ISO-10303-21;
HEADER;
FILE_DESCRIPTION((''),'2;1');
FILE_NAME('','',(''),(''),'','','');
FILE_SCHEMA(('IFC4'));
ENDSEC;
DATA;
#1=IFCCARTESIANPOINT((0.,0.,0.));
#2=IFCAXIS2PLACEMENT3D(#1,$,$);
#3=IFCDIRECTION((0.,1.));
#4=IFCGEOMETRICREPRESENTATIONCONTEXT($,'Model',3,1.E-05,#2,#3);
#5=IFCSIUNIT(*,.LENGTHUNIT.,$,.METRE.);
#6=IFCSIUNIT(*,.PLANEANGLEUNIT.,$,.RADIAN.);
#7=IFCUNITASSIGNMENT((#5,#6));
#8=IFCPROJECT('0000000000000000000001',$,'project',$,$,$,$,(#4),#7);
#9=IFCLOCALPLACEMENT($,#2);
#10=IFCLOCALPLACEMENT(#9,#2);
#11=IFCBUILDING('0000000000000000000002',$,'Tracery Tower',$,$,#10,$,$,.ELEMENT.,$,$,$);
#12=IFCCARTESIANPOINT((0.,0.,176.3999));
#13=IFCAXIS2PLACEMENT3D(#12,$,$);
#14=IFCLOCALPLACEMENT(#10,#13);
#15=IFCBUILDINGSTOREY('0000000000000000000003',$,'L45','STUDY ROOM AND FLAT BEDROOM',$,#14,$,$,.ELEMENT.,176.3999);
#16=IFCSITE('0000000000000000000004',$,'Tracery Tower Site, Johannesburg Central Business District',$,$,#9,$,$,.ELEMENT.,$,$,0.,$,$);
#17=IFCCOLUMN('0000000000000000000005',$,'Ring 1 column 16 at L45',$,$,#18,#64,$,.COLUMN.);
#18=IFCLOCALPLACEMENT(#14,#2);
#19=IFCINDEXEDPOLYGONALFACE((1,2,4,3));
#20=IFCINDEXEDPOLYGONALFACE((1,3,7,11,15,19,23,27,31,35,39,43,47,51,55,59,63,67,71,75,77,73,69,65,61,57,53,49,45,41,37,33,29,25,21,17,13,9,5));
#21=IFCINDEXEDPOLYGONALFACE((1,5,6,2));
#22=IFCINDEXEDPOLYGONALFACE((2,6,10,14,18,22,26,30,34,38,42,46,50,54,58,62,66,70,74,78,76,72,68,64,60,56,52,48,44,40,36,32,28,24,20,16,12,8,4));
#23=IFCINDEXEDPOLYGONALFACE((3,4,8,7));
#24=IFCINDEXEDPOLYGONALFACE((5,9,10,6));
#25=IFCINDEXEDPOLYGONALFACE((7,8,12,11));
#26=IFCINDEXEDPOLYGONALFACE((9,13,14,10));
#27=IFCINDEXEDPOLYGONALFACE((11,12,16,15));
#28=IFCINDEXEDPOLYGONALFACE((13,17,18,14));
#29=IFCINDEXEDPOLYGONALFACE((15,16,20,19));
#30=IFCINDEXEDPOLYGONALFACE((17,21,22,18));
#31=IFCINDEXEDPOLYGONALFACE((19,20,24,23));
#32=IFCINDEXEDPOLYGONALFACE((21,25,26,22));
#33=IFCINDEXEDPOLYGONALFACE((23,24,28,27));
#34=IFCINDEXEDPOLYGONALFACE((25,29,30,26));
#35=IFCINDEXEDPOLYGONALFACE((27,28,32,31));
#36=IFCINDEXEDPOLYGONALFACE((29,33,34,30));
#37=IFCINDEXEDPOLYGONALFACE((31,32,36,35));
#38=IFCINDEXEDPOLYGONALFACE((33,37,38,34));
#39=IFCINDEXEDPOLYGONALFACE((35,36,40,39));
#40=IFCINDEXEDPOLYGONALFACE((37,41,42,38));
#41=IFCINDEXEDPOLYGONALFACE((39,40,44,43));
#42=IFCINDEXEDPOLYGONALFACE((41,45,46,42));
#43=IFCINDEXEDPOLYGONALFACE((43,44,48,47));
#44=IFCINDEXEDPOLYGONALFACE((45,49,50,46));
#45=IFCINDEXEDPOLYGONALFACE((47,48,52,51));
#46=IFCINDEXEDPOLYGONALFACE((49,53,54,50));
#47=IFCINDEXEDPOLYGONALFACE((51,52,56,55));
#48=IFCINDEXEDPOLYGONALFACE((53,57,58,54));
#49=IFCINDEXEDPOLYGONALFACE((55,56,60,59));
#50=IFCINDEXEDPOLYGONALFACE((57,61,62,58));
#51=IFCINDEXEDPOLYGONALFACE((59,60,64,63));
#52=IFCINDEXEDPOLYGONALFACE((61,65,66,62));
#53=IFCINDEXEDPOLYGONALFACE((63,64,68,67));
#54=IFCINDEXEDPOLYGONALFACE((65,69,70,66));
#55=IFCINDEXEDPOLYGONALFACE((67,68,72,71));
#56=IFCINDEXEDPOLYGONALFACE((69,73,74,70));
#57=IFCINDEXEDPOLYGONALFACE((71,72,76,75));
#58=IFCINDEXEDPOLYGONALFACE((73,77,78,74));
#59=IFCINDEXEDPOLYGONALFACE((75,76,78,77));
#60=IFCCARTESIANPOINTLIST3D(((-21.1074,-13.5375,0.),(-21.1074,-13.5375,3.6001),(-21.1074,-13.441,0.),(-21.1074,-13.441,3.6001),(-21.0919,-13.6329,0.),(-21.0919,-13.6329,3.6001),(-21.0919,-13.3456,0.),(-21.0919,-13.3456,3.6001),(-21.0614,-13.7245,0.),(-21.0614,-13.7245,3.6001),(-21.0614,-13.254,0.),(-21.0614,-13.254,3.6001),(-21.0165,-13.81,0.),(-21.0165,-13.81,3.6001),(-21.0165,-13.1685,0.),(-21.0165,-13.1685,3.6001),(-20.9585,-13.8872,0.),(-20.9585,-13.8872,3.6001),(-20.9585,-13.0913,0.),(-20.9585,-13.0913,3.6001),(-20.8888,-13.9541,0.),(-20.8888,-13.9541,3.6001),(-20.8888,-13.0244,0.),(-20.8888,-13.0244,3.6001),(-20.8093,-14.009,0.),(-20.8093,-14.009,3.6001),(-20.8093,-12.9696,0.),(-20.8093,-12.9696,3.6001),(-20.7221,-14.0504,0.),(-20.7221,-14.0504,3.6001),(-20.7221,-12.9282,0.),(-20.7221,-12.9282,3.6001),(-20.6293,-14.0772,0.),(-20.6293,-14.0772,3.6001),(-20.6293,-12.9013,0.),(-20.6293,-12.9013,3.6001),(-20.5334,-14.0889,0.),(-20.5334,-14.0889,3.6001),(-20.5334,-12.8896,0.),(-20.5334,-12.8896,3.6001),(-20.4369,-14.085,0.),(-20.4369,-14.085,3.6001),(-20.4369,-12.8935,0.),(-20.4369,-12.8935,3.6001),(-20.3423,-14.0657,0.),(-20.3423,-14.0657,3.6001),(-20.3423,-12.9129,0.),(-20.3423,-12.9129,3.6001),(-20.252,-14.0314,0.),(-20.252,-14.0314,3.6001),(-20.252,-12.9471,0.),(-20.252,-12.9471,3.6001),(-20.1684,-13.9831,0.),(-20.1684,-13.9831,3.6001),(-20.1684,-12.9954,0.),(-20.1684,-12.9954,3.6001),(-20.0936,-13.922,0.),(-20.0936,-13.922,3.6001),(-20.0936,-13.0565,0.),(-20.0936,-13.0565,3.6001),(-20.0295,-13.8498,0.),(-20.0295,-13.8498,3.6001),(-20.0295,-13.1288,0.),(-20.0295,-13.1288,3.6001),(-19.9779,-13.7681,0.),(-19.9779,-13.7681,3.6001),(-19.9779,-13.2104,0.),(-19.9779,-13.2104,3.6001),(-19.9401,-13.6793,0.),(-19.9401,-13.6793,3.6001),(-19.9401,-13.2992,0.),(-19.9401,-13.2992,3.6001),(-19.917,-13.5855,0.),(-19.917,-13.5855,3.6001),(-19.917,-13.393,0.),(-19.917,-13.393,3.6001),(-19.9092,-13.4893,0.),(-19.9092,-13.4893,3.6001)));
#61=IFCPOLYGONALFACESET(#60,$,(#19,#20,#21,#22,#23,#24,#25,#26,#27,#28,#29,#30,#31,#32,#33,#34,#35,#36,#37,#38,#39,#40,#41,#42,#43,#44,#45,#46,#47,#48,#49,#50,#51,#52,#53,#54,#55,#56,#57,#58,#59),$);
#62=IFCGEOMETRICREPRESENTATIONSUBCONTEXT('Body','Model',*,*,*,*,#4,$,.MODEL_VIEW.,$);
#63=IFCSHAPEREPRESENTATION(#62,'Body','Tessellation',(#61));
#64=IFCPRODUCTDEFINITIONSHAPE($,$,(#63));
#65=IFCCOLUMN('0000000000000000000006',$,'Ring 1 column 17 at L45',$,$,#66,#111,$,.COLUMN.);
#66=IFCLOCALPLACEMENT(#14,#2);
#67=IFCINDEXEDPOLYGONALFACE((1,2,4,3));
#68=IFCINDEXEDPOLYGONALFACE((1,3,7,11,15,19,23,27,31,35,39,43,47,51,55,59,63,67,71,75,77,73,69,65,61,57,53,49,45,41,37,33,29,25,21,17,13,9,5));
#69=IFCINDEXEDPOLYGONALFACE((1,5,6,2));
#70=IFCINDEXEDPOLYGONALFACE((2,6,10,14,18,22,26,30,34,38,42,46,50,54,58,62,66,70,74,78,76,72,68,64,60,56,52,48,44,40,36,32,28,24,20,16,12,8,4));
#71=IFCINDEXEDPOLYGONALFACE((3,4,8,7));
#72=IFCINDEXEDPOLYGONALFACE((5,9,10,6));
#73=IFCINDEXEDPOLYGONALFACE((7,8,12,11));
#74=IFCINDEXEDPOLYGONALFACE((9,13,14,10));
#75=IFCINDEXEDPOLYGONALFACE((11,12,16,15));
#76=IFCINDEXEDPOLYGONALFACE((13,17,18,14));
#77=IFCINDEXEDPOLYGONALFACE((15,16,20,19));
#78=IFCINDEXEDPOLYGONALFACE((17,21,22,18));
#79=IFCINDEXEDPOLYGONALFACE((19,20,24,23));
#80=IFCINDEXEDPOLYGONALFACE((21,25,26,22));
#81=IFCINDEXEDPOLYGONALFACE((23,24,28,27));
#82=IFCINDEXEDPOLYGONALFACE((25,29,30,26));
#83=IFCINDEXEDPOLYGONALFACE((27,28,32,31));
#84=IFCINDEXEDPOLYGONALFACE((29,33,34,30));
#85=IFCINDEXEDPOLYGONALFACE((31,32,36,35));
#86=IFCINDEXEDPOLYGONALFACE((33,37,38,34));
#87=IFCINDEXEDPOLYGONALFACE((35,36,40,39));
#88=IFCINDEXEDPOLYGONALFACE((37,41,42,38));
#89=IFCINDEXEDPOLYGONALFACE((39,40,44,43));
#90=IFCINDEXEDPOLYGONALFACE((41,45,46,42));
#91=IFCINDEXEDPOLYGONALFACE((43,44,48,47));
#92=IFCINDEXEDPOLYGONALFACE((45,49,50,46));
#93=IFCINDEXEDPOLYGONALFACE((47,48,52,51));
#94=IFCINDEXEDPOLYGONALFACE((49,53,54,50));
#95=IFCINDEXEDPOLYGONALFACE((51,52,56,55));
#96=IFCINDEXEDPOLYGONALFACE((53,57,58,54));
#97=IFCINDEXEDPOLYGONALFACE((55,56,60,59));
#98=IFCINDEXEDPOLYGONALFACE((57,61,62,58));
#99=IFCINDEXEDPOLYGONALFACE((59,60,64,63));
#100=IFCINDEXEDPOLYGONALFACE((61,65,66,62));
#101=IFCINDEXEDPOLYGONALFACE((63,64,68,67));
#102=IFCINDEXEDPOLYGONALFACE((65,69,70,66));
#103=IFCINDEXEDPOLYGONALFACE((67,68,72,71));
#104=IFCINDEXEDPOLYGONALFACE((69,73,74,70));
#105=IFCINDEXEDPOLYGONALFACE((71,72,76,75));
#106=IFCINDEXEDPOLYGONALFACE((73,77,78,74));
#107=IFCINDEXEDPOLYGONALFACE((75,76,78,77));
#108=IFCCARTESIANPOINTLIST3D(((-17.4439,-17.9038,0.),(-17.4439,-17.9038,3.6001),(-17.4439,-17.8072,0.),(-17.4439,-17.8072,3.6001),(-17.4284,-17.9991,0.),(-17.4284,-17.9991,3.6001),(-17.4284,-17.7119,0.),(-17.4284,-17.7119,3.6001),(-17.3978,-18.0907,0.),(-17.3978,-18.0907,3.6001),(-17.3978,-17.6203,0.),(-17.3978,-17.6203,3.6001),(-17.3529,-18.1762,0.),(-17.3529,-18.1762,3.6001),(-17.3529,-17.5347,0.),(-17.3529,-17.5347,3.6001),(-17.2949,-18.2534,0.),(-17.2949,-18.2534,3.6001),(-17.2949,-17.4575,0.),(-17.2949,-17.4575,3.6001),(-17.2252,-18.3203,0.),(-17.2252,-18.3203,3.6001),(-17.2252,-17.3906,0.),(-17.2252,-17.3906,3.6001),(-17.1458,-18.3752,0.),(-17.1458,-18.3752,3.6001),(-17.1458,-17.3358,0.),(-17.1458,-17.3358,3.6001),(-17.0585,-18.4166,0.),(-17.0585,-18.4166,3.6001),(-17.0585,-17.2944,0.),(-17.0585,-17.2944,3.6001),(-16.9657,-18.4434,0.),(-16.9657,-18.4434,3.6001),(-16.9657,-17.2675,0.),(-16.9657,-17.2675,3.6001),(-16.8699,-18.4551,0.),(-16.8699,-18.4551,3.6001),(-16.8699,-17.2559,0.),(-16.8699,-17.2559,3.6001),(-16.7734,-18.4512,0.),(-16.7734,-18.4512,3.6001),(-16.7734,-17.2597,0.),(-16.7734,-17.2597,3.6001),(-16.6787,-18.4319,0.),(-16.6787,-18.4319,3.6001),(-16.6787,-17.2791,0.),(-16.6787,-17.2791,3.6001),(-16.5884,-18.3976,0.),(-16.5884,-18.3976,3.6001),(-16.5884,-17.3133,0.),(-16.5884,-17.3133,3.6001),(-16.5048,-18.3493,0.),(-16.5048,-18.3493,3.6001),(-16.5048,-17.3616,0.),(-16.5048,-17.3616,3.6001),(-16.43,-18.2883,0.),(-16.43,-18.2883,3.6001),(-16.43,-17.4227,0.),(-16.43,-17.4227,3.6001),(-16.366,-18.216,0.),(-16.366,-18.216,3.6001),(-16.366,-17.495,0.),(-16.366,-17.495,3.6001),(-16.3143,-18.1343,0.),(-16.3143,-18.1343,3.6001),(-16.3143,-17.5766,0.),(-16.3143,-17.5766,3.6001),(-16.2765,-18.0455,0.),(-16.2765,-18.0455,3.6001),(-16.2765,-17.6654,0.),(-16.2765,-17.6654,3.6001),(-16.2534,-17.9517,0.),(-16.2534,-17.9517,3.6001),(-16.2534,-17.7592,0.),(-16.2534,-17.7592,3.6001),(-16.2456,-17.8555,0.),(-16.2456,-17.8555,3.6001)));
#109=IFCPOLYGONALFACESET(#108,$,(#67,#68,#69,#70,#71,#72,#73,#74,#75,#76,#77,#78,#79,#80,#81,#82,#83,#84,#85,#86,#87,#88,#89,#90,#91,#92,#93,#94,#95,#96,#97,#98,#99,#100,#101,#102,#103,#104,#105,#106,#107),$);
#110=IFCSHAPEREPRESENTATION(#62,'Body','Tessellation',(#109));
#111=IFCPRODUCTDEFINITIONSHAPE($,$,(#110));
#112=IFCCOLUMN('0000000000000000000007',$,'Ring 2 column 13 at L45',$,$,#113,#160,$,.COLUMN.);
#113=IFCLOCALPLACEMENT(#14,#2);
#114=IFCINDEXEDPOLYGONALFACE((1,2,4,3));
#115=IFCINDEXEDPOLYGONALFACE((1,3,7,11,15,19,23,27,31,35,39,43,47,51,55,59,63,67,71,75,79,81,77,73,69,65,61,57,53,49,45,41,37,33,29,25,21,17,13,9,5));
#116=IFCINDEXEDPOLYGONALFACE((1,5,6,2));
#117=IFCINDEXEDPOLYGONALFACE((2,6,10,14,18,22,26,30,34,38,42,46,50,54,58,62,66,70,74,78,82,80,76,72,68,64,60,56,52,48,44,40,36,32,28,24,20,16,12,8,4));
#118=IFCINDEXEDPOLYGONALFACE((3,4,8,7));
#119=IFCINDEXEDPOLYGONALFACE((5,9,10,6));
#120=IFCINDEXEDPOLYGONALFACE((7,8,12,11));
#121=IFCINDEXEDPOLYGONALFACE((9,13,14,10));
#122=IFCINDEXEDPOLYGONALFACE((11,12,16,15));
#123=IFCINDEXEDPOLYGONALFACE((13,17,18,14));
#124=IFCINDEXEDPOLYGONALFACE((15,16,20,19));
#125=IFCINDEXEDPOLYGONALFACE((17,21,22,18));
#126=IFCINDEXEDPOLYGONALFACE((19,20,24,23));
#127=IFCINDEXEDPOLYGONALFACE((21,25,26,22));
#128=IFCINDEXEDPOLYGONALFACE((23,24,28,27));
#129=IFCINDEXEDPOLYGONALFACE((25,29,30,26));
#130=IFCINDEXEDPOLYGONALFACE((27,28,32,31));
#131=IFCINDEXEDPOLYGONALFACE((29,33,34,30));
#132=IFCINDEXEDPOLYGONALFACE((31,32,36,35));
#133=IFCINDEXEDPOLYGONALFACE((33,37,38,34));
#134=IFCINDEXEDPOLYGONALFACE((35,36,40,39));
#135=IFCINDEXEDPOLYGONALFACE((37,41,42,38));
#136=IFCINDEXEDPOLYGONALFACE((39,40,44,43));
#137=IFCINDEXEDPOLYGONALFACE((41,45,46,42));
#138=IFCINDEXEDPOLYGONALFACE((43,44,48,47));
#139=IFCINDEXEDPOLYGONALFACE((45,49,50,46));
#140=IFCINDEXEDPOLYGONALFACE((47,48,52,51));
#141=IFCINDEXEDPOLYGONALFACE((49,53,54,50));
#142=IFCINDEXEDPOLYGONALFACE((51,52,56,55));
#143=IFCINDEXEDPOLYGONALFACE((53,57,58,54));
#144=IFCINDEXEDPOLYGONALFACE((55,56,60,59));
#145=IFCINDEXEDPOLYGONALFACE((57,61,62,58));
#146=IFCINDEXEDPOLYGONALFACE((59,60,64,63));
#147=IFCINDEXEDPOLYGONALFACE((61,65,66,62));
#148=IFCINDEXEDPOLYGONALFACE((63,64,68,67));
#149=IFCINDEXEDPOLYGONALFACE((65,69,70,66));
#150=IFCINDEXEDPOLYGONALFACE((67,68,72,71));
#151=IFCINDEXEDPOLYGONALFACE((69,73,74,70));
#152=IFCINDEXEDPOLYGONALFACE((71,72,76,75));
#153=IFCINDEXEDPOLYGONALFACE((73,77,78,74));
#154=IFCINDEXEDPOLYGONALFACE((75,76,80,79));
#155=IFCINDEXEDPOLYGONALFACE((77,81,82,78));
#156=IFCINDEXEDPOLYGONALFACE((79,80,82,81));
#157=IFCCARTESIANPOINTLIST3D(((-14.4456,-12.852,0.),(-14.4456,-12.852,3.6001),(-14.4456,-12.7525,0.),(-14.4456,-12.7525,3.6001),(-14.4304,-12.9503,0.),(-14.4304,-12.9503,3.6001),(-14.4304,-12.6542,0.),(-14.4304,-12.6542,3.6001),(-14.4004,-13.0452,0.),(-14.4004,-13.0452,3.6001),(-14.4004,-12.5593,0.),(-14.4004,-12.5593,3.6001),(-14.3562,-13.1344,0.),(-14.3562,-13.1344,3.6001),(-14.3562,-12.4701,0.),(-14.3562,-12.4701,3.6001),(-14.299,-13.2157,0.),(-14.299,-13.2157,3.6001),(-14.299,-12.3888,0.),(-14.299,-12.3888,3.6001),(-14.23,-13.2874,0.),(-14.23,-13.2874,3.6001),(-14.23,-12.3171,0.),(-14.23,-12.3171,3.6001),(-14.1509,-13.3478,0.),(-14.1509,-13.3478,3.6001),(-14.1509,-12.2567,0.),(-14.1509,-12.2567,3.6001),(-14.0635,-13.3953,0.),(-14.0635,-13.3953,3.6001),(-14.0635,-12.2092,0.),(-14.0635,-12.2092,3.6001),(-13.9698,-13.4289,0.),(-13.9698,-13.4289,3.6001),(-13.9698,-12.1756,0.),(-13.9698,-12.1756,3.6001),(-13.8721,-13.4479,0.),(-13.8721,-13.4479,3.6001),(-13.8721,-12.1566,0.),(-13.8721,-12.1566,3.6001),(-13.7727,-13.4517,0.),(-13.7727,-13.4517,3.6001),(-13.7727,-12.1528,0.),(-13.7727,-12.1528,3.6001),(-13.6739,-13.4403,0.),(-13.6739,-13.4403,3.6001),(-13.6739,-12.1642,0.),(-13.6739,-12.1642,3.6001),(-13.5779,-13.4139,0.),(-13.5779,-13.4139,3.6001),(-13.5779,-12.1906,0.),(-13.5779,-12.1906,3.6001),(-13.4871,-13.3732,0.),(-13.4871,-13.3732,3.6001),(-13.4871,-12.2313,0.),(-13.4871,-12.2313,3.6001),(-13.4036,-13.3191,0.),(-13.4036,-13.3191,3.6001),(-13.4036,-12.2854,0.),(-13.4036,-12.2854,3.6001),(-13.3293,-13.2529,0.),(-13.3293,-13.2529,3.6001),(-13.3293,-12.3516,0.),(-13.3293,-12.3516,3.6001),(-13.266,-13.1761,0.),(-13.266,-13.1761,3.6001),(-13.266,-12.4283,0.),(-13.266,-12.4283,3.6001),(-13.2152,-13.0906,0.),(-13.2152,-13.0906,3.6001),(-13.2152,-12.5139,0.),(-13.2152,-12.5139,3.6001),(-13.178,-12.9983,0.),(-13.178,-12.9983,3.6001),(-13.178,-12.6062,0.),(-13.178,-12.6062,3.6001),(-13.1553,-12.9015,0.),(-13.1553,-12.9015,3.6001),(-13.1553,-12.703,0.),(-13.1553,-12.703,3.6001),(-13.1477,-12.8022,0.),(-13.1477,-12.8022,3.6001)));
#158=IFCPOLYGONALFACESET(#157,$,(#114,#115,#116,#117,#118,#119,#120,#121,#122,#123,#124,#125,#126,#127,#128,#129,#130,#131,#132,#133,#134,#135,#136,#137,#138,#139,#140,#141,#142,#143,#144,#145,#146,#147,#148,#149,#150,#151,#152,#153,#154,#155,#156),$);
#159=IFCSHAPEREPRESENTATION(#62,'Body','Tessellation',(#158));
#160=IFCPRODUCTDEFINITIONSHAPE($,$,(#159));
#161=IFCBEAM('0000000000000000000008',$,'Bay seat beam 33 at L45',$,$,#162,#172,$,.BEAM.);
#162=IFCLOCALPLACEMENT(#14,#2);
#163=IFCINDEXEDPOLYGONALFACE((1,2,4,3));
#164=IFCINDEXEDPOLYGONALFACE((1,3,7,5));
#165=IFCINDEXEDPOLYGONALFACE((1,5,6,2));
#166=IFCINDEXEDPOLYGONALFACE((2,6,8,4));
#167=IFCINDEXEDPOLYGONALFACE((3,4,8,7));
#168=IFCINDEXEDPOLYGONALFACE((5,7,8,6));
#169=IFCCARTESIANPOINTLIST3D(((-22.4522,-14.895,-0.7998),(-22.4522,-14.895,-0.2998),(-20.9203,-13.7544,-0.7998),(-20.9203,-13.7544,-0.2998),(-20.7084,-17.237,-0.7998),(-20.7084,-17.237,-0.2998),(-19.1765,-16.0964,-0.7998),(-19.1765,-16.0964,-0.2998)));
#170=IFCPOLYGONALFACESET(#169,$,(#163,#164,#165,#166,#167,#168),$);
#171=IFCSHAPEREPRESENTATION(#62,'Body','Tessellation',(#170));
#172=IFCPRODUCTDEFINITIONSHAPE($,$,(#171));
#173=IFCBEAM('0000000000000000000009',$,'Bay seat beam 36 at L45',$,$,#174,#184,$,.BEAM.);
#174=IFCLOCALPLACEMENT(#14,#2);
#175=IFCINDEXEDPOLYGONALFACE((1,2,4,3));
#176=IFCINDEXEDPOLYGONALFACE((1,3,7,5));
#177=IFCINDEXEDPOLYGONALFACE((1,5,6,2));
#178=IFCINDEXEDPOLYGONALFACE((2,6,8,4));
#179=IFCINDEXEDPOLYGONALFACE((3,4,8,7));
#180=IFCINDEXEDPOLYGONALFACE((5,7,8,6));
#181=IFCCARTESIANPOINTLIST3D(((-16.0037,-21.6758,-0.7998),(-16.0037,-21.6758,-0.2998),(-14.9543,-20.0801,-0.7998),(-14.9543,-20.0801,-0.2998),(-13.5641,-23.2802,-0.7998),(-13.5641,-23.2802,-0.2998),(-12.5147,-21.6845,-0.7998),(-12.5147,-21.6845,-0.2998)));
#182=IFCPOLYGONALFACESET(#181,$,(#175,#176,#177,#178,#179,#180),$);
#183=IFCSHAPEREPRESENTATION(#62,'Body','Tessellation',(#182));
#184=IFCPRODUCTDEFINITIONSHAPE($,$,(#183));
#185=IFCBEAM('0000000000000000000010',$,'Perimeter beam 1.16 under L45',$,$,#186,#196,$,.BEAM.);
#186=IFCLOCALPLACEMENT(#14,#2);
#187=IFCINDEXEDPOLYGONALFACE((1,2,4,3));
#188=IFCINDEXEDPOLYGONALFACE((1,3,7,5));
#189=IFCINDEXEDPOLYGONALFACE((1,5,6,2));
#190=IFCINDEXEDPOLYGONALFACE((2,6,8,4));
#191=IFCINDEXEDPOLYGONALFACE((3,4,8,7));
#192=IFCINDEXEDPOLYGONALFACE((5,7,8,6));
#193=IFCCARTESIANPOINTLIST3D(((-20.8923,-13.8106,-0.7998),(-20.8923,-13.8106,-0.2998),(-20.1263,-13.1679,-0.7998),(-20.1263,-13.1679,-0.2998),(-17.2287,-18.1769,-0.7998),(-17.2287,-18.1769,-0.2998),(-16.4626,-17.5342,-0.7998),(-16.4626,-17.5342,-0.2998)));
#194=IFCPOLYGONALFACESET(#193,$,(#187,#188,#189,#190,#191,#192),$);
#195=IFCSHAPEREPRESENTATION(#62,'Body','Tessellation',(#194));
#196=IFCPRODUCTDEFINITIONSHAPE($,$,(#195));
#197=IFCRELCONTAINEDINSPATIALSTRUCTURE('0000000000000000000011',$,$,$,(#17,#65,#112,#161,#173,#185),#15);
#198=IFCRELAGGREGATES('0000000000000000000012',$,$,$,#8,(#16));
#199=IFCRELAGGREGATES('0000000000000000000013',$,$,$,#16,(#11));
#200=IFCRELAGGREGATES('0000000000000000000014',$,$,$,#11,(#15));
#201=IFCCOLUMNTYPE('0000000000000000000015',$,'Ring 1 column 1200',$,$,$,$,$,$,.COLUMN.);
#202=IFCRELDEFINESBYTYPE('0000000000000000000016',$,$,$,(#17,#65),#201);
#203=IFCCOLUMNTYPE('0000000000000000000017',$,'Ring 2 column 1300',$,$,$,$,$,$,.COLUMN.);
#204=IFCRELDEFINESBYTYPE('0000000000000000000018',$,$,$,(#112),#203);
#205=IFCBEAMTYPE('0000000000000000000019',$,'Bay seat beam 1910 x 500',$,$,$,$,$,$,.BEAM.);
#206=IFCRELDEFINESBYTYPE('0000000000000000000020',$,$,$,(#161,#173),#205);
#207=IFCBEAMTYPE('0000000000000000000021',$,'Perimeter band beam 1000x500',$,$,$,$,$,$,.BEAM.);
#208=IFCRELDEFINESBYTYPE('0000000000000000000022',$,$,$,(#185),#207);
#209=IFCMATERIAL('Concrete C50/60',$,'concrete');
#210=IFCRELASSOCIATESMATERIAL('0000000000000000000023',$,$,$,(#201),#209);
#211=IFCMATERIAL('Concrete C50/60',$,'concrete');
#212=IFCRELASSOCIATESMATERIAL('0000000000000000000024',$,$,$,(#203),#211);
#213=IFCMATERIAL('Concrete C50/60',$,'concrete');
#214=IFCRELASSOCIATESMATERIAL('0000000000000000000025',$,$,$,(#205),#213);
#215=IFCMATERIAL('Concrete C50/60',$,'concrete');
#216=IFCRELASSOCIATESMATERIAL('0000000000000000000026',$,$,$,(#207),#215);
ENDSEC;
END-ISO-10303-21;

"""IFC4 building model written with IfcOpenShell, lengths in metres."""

from ifc_helpers import new_model, si_unit, direction, frame, origin, origin_2d, place, context, subcontext, project, spatial, rectangle, circle, extrude, material, material_profile, profile_set, type_object, element, save


model = new_model("IFC4")

# Units and contexts
model_context = context("Model", 3, precision=1e-05, world=origin(), true_north=direction((0.0, 1.0)))
body_context = subcontext(model_context, "Body", "Model", "MODEL_VIEW")
ifc_project = project(units=[si_unit("LENGTHUNIT", "METRE"), si_unit("PLANEANGLEUNIT", "RADIAN")], contexts=[model_context])

# Site, building, storey
site_placement = place(None, origin())
site = spatial("IfcSite", under=ifc_project, at=site_placement, Name="Tracery Tower Site, Johannesburg Central Business District", CompositionType="ELEMENT", RefElevation=0.0)
building_placement = place(site_placement, origin())
building = spatial("IfcBuilding", under=site, at=building_placement, Name="Tracery Tower", CompositionType="ELEMENT")
storey_placement = place(building_placement, frame((0.0, 0.0, 176.3999)))
storey = spatial("IfcBuildingStorey", under=building, at=storey_placement, Name="L45", Description="STUDY ROOM AND FLAT BEDROOM", CompositionType="ELEMENT", Elevation=176.3999)

# Columns
ifc_material_1 = material(Name="Concrete C50/60", Category="concrete")
ifc_material_profile_1 = material_profile(ifc_material_1, circle(Radius=0.6001, at=origin_2d()), Name="RC D1200")
ifc_profile_set_1 = profile_set([ifc_material_profile_1], Name="Concrete C50/60")
column_type_1 = type_object("IfcColumnType", Name="Ring 1 column 1200", PredefinedType="COLUMN", material=ifc_profile_set_1)
for number, where, z_axis, x_axis, name in (
    (1, (-20.5093, -13.4893, 0.0), (0.0, 0.0, 1.0), (1.0, 0.0, 0.0), "Ring 1 column 16 at L45"),
    (2, (-16.8457, -17.8555, 0.0), (0.0, 0.0, 1.0), (1.0, 0.0, 0.0), "Ring 1 column 17 at L45"),
):
    element("IfcColumn", number, at=place(storey_placement, frame(where, z_axis=z_axis, x_axis=x_axis)), inside=storey, type_object=column_type_1, Name=name, PredefinedType="COLUMN", context=body_context, shape_type="SweptSolid", body=[
        extrude(circle(Radius=0.6001, at=origin_2d()), origin(), (0.0, 0.0, 1.0), 3.6001),
    ])
ifc_material_2 = material(Name="Concrete C50/60", Category="concrete")
ifc_material_profile_2 = material_profile(ifc_material_2, circle(Radius=0.6499, at=origin_2d()), Name="RC D1300")
ifc_profile_set_2 = profile_set([ifc_material_profile_2], Name="Concrete C50/60")
column_type_2 = type_object("IfcColumnType", Name="Ring 2 column 1300", PredefinedType="COLUMN", material=ifc_profile_set_2)
column_placement = place(storey_placement, frame((-13.7976, -12.8022, 0.0), z_axis=(0.0, 0.0, 1.0), x_axis=(1.0, 0.0, 0.0)))
element("IfcColumn", 3, at=column_placement, inside=storey, type_object=column_type_2, Name="Ring 2 column 13 at L45", PredefinedType="COLUMN", context=body_context, shape_type="SweptSolid", body=[
    extrude(circle(Radius=0.6499, at=origin_2d()), origin(), (0.0, 0.0, 1.0), 3.6001),
])

# Beams
ifc_material_3 = material(Name="Concrete C50/60", Category="concrete")
ifc_material_profile_3 = material_profile(ifc_material_3, rectangle(XDim=1.9099, YDim=0.5, at=origin_2d()), Name="RC 1910x500")
ifc_profile_set_3 = profile_set([ifc_material_profile_3], Name="Concrete C50/60")
beam_type_1 = type_object("IfcBeamType", Name="Bay seat beam 1910 x 500", PredefinedType="BEAM", material=ifc_profile_set_3)
for number, where, z_axis, x_axis, name in (
    (4, (-21.6863, -14.3247, -0.5498), (0.597227, -0.802072, 0.0), (0.802072, 0.597227, 0.0), "Bay seat beam 33 at L45"),
    (5, (-15.479, -20.8779, -0.5498), (0.835507, -0.54948, 0.0), (0.54948, 0.835507, 0.0), "Bay seat beam 36 at L45"),
):
    element("IfcBeam", number, at=place(storey_placement, frame(where, z_axis=z_axis, x_axis=x_axis)), inside=storey, type_object=beam_type_1, Name=name, PredefinedType="BEAM", context=body_context, shape_type="SweptSolid", body=[
        extrude(rectangle(XDim=1.9099, YDim=0.5, at=origin_2d()), origin(), (0.0, 0.0, 1.0), 2.9199),
    ])
ifc_material_4 = material(Name="Concrete C50/60", Category="concrete")
ifc_material_profile_4 = material_profile(ifc_material_4, rectangle(XDim=1.0, YDim=0.5, at=origin_2d()), Name="RC 1000x500")
ifc_profile_set_4 = profile_set([ifc_material_profile_4], Name="Concrete C50/60")
beam_type_2 = type_object("IfcBeamType", Name="Perimeter band beam 1000x500", PredefinedType="BEAM", material=ifc_profile_set_4)
beam_1_placement = place(storey_placement, frame((-20.5093, -13.4893, -0.5498), z_axis=(0.642776, -0.766054, 0.0), x_axis=(0.766054, 0.642776, 0.0)))
element("IfcBeam", 6, at=beam_1_placement, inside=storey, type_object=beam_type_2, Name="Perimeter beam 1.16 under L45", PredefinedType="BEAM", context=body_context, shape_type="SweptSolid", body=[
    extrude(rectangle(XDim=1.0, YDim=0.5, at=origin_2d()), origin(), (0.0, 0.0, 1.0), 5.6997),
])

save(model, "model.ifc")
